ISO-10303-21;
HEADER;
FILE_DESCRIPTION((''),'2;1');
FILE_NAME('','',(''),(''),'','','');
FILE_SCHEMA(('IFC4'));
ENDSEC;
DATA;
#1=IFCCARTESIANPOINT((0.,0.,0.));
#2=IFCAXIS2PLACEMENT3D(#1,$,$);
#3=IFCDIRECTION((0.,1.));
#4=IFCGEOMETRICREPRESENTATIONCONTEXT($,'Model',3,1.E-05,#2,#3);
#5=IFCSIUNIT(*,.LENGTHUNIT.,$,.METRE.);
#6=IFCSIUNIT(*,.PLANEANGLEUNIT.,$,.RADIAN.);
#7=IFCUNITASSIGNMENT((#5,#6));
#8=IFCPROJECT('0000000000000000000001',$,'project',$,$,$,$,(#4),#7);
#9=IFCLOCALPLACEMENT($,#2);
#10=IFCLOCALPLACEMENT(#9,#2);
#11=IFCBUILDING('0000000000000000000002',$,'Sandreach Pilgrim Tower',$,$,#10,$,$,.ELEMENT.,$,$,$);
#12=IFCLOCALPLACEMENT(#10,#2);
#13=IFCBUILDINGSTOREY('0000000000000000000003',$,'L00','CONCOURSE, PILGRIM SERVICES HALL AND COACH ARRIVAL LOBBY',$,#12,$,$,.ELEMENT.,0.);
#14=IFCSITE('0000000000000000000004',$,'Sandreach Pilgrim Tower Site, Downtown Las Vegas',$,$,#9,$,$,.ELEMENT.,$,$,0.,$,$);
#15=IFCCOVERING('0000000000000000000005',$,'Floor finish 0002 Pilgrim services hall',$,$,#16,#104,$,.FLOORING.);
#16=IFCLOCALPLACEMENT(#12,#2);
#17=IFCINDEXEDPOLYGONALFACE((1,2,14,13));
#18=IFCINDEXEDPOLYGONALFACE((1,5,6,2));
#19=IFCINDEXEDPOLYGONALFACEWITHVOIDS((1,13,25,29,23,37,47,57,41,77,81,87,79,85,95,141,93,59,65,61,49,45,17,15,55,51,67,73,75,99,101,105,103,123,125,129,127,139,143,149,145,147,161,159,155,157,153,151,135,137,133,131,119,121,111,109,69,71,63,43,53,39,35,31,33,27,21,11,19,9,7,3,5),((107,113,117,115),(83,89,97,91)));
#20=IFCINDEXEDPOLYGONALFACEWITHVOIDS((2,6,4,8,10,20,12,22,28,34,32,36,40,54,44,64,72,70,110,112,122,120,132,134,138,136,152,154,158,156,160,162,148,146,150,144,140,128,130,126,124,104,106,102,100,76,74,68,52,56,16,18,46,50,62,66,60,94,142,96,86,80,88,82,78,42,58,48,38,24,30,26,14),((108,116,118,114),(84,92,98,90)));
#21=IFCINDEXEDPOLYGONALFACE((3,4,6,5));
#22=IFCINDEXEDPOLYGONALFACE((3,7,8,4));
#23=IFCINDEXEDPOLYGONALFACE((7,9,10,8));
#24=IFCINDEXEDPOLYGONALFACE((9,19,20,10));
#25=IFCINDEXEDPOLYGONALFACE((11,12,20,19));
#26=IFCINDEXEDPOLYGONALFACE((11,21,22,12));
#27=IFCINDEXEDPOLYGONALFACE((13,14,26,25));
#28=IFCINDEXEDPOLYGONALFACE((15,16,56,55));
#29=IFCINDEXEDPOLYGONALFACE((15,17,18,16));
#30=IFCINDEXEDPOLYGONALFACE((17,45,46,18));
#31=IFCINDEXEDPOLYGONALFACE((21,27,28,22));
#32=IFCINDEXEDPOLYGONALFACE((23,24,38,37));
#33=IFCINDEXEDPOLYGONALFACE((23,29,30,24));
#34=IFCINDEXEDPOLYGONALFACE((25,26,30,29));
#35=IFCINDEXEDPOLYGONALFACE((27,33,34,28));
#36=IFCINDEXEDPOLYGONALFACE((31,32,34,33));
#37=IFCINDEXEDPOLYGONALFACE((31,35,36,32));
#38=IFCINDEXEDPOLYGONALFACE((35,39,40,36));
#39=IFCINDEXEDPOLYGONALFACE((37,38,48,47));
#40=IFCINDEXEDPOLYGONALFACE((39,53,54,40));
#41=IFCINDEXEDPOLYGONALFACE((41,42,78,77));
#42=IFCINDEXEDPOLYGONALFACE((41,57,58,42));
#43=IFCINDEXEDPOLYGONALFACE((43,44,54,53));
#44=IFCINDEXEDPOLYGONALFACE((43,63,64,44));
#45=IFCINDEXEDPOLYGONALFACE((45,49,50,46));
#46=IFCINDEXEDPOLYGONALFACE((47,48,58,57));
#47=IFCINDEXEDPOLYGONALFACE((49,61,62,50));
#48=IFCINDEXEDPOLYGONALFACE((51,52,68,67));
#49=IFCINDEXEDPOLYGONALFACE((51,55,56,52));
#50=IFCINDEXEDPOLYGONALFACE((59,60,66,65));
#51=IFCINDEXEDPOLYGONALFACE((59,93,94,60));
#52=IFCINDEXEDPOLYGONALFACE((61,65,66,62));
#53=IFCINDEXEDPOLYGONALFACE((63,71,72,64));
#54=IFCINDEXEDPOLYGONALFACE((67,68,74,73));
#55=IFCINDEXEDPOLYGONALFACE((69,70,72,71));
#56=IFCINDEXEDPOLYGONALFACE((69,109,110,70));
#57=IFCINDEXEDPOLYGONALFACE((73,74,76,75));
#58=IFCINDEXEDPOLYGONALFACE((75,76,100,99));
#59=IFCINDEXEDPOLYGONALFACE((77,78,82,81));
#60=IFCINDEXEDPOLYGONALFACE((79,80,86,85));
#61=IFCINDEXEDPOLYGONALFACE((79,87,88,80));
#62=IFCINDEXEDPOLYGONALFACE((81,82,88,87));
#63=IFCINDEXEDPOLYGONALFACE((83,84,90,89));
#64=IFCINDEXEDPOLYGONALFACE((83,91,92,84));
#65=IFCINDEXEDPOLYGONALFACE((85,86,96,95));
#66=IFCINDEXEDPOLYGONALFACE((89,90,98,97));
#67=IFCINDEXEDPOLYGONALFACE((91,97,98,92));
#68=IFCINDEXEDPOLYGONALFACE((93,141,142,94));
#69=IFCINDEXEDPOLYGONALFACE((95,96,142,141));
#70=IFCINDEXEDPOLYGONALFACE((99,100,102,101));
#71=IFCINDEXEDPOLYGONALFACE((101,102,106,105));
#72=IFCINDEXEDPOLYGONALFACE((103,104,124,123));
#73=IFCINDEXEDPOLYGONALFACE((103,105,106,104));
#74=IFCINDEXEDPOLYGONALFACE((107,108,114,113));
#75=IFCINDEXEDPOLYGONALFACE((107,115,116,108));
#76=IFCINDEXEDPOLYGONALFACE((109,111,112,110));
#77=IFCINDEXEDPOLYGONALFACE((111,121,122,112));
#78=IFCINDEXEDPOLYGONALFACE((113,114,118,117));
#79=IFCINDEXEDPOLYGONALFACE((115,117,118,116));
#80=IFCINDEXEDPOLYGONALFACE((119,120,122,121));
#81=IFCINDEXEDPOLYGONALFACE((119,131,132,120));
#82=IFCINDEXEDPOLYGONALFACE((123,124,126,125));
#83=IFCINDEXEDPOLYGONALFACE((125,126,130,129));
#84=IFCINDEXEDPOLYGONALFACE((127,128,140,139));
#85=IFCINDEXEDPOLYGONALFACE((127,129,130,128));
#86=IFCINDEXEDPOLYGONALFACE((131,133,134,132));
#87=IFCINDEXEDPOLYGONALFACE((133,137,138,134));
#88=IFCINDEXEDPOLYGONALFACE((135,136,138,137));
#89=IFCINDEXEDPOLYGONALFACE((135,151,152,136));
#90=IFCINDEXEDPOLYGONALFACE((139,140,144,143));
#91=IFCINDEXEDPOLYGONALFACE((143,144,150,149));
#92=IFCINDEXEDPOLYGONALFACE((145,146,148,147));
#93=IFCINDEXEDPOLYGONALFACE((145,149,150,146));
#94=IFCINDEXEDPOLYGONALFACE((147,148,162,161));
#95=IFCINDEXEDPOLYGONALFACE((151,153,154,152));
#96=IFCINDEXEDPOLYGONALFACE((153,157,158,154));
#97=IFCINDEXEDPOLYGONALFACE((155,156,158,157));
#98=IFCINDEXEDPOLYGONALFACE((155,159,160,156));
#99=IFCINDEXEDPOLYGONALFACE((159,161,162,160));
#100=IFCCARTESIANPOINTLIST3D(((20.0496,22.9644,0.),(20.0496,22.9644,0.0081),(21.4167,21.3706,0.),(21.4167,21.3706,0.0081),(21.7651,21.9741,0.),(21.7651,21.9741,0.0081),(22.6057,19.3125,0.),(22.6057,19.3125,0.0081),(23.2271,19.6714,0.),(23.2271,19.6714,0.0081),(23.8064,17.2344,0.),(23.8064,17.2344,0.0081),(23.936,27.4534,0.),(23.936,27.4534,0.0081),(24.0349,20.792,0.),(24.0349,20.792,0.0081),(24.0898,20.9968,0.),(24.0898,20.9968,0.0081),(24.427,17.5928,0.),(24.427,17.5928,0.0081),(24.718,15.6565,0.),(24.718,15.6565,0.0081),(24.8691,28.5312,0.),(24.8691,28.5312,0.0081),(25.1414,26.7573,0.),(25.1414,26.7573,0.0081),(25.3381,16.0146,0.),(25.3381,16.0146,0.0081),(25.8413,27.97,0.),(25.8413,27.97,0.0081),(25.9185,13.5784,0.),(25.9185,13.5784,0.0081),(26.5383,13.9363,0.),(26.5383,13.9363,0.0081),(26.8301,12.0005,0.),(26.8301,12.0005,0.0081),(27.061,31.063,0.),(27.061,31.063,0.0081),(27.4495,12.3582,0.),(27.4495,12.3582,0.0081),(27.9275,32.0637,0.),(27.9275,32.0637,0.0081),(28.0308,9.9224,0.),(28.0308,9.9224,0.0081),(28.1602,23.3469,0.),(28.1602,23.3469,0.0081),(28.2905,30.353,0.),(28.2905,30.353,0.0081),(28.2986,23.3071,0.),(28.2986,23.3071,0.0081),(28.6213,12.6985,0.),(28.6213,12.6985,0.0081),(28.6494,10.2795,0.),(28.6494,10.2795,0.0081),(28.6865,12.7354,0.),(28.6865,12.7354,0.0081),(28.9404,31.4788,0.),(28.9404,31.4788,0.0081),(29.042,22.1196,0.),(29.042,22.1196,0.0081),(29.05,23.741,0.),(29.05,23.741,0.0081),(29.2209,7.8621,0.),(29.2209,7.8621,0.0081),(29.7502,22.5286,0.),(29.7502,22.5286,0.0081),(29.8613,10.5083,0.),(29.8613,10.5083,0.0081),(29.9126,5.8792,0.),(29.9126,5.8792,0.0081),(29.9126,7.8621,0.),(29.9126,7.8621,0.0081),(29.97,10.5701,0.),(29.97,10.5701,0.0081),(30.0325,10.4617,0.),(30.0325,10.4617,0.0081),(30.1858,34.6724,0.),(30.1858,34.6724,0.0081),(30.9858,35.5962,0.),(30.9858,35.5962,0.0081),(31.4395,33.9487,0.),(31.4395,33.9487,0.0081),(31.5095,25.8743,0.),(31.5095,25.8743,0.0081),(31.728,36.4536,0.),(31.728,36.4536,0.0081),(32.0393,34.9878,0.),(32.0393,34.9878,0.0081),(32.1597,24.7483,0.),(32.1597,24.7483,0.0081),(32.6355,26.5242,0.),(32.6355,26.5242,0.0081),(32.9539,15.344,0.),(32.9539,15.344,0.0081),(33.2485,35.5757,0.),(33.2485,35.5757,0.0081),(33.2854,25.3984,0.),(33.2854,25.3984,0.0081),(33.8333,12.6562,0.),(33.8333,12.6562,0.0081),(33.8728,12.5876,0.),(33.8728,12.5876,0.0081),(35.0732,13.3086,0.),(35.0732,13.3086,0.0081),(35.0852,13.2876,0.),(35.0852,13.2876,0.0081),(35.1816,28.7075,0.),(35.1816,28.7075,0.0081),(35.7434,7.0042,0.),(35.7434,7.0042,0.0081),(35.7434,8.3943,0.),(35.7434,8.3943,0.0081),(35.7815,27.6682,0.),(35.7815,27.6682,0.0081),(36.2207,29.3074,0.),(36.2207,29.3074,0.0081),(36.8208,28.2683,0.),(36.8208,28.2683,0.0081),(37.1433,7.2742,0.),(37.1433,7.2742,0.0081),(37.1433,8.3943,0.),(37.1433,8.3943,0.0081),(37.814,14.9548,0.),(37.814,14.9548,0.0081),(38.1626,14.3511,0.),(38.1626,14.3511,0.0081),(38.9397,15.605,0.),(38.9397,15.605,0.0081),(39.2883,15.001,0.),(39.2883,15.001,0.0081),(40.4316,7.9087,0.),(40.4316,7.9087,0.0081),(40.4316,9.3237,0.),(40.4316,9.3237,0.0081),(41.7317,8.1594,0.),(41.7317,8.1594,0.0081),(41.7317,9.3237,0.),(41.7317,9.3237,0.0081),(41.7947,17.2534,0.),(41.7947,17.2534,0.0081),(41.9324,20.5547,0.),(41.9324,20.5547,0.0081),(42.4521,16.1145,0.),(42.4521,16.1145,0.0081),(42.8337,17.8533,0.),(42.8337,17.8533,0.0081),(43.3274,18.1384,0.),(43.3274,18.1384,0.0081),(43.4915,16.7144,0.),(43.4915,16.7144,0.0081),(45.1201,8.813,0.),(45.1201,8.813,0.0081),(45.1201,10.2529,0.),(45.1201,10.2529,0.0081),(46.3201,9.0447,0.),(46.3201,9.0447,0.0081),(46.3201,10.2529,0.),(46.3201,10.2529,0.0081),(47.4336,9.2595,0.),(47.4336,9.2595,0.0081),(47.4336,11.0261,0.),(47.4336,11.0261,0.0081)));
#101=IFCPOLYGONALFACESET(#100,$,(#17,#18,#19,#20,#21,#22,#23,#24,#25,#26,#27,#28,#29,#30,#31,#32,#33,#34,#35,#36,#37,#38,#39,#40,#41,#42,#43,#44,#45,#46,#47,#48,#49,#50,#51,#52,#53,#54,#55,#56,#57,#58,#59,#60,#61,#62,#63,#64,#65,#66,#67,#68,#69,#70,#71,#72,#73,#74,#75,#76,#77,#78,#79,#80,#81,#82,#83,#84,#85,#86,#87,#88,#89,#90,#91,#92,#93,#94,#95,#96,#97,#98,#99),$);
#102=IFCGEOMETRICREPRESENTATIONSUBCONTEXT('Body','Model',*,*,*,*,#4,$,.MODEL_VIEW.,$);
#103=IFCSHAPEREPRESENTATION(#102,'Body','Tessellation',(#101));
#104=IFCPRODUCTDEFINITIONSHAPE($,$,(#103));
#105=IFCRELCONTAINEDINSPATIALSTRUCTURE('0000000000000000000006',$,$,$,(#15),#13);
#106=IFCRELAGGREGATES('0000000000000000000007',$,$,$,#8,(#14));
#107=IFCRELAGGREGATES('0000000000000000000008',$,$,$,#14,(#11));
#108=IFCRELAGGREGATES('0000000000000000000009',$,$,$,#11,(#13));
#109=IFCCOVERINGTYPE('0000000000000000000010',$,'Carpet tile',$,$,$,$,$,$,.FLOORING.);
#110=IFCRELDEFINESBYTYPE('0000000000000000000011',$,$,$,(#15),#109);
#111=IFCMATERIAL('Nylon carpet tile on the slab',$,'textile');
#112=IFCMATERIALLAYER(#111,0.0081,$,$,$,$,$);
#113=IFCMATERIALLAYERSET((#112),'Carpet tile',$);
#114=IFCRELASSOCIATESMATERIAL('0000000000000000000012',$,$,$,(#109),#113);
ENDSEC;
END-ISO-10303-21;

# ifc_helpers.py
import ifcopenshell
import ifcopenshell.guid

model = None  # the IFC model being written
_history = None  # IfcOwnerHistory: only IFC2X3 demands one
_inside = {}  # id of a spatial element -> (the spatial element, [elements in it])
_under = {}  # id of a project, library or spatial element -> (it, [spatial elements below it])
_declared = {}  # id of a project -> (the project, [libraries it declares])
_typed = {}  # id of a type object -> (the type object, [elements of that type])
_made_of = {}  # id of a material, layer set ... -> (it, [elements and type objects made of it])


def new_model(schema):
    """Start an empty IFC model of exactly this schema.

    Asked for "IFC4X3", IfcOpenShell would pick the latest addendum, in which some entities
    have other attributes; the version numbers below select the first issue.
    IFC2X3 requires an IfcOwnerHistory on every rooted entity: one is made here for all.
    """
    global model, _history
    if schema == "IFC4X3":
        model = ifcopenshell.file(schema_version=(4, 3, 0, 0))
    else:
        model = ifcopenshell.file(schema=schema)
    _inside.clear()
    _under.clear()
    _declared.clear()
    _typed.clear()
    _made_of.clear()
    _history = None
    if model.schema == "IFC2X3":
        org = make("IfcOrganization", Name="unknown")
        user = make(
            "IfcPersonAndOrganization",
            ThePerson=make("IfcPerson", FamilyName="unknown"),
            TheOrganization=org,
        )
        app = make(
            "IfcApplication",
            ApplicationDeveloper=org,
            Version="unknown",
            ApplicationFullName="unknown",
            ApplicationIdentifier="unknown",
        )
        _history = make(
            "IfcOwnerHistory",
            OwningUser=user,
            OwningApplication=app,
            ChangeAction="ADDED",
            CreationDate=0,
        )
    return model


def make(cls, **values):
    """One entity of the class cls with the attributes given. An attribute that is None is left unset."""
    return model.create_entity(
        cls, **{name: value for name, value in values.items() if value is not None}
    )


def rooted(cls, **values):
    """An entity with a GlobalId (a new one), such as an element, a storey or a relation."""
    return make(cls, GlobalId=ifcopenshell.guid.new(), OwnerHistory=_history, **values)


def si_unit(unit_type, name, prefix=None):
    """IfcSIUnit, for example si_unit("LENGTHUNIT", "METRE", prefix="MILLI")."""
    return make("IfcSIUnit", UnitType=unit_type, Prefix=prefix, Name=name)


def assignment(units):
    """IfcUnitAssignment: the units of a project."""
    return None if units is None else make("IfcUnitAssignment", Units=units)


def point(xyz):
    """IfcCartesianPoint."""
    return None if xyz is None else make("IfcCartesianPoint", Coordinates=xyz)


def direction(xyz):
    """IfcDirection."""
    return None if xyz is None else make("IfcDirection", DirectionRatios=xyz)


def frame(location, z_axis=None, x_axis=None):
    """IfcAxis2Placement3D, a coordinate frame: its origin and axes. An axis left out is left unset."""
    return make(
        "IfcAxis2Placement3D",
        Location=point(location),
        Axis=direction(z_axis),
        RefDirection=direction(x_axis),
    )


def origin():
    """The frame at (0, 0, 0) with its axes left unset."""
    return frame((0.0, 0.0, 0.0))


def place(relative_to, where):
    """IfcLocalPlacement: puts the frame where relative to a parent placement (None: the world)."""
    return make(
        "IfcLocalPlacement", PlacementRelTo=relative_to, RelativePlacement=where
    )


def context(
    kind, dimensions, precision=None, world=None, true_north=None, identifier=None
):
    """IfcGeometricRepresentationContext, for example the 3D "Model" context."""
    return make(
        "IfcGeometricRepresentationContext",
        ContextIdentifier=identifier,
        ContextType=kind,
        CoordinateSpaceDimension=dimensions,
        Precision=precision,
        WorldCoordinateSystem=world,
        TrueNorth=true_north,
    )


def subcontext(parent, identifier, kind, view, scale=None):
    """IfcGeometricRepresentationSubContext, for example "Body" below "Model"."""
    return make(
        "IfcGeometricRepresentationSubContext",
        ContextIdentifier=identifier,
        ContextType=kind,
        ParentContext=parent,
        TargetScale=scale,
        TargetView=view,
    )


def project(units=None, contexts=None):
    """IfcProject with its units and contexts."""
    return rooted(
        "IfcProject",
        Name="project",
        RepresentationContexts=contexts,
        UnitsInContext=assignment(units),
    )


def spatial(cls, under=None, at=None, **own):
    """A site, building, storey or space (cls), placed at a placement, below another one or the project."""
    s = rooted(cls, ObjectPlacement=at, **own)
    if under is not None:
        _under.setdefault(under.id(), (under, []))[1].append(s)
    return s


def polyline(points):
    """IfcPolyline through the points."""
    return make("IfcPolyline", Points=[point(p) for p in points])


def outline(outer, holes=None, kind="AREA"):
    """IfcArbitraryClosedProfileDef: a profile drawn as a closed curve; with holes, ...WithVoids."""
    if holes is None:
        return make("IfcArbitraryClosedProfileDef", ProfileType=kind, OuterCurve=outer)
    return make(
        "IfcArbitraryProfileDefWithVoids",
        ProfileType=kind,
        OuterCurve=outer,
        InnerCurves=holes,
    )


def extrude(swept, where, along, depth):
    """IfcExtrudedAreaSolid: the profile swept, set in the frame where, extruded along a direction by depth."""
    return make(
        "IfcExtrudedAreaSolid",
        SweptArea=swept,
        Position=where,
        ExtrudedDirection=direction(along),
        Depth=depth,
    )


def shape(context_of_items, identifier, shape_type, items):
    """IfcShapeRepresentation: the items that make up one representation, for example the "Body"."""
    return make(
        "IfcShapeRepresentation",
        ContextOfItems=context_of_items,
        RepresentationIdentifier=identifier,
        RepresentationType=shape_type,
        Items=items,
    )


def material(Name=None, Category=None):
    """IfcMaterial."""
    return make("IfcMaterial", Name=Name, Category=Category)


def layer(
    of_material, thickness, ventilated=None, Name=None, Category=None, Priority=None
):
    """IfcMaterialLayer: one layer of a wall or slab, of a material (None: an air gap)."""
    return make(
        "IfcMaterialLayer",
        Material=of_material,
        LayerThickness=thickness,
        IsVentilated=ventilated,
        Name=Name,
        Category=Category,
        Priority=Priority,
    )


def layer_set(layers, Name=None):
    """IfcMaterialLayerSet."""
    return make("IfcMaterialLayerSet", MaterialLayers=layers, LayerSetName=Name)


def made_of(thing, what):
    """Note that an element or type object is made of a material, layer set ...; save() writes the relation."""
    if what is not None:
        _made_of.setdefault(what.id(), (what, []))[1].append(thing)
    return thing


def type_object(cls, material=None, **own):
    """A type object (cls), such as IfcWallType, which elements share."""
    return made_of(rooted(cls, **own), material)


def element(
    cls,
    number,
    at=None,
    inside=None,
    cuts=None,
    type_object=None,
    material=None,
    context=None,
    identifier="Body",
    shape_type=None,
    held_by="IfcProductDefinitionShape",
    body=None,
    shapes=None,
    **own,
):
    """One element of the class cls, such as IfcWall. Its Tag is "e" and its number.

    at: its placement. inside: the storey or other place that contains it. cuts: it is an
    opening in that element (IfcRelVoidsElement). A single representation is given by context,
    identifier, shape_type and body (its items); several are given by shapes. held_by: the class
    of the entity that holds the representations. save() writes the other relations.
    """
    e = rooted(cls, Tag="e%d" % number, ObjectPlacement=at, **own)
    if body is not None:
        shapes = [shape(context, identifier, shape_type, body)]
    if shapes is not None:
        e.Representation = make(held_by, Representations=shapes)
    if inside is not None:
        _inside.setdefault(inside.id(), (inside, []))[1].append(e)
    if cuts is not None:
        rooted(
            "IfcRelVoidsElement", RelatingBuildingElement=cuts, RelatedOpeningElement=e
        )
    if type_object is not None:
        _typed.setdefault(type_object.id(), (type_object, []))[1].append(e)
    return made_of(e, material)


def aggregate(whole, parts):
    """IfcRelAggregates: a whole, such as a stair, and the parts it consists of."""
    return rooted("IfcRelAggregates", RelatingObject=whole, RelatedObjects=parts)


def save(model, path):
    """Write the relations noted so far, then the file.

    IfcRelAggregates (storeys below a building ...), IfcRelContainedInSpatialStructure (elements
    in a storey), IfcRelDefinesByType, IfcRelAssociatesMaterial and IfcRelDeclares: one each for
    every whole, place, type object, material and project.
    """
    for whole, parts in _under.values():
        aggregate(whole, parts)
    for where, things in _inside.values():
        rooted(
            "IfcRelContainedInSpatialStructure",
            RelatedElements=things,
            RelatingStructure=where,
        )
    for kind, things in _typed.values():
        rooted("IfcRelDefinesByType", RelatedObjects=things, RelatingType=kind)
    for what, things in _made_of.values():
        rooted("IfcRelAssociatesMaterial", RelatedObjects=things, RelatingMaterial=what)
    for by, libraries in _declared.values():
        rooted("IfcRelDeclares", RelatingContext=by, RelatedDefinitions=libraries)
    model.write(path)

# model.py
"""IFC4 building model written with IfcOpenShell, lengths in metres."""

from ifc_helpers import new_model, si_unit, direction, origin, place, context, subcontext, project, spatial, polyline, outline, extrude, material, layer, layer_set, type_object, element, save


model = new_model("IFC4")

# Units and contexts
model_context = context("Model", 3, precision=1e-05, world=origin(), true_north=direction((0.0, 1.0)))
body_context = subcontext(model_context, "Body", "Model", "MODEL_VIEW")
ifc_project = project(units=[si_unit("LENGTHUNIT", "METRE"), si_unit("PLANEANGLEUNIT", "RADIAN")], contexts=[model_context])

# Site, building, storey
site_placement = place(None, origin())
site = spatial("IfcSite", under=ifc_project, at=site_placement, Name="Sandreach Pilgrim Tower Site, Downtown Las Vegas", CompositionType="ELEMENT", RefElevation=0.0)
building_placement = place(site_placement, origin())
building = spatial("IfcBuilding", under=site, at=building_placement, Name="Sandreach Pilgrim Tower", CompositionType="ELEMENT")
storey_placement = place(building_placement, origin())
storey = spatial("IfcBuildingStorey", under=building, at=storey_placement, Name="L00", Description="CONCOURSE, PILGRIM SERVICES HALL AND COACH ARRIVAL LOBBY", CompositionType="ELEMENT", Elevation=0.0)

# Covering
ifc_material_1 = material(Name="Nylon carpet tile on the slab", Category="textile")
ifc_layer_1 = layer(ifc_material_1, 0.0081)
ifc_layer_set_1 = layer_set([ifc_layer_1], Name="Carpet tile")
covering_type_1 = type_object("IfcCoveringType", Name="Carpet tile", PredefinedType="FLOORING", material=ifc_layer_set_1)
covering_1_placement = place(storey_placement, origin())
element("IfcCovering", 1, at=covering_1_placement, inside=storey, type_object=covering_type_1, Name="Floor finish 0002 Pilgrim services hall", PredefinedType="FLOORING", context=body_context, shape_type="SweptSolid", body=[
    extrude(outline(polyline([(24.0349, 20.792), (28.6865, 12.7354), (28.6213, 12.6985), (29.8613, 10.5083), (29.97, 10.5701), (30.0325, 10.4617), (33.8333, 12.6562), (33.8728, 12.5876), (35.0852, 13.2876), (35.0732, 13.3086), (37.814, 14.9548), (38.1626, 14.3511), (39.2883, 15.001), (38.9397, 15.605), (41.7947, 17.2534), (42.4521, 16.1145), (43.4915, 16.7144), (42.8337, 17.8533), (43.3274, 18.1384), (47.4336, 11.0261), (47.4336, 9.2595), (46.3201, 9.0447), (46.3201, 10.2529), (45.1201, 10.2529), (45.1201, 8.813), (41.7317, 8.1594), (41.7317, 9.3237), (40.4316, 9.3237), (40.4316, 7.9087), (37.1433, 7.2742), (37.1433, 8.3943), (35.7434, 8.3943), (35.7434, 7.0042), (29.9126, 5.8792), (29.9126, 7.8621), (29.2209, 7.8621), (28.0308, 9.9224), (28.6494, 10.2795), (27.4495, 12.3582), (26.8301, 12.0005), (25.9185, 13.5784), (26.5383, 13.9363), (25.3381, 16.0146), (24.718, 15.6565), (23.8064, 17.2344), (24.427, 17.5928), (23.2271, 19.6714), (22.6057, 19.3125), (21.4167, 21.3706), (21.7651, 21.9741), (20.0496, 22.9644), (23.936, 27.4534), (25.1414, 26.7573), (25.8413, 27.97), (24.8691, 28.5312), (27.061, 31.063), (28.2905, 30.353), (28.9404, 31.4788), (27.9275, 32.0637), (30.1858, 34.6724), (31.4395, 33.9487), (32.0393, 34.9878), (30.9858, 35.5962), (31.728, 36.4536), (33.2485, 35.5757), (41.9324, 20.5547), (32.9539, 15.344), (29.042, 22.1196), (29.7502, 22.5286), (29.05, 23.741), (28.2986, 23.3071), (28.1602, 23.3469), (24.0898, 20.9968), (24.0349, 20.792)]), holes=[polyline([(36.2207, 29.3074), (35.1816, 28.7075), (35.7815, 27.6682), (36.8208, 28.2683), (36.2207, 29.3074)]), polyline([(32.6355, 26.5242), (31.5095, 25.8743), (32.1597, 24.7483), (33.2854, 25.3984), (32.6355, 26.5242)])]), origin(), (0.0, 0.0, 1.0), 0.0081),
])

save(model, "model.ifc")
